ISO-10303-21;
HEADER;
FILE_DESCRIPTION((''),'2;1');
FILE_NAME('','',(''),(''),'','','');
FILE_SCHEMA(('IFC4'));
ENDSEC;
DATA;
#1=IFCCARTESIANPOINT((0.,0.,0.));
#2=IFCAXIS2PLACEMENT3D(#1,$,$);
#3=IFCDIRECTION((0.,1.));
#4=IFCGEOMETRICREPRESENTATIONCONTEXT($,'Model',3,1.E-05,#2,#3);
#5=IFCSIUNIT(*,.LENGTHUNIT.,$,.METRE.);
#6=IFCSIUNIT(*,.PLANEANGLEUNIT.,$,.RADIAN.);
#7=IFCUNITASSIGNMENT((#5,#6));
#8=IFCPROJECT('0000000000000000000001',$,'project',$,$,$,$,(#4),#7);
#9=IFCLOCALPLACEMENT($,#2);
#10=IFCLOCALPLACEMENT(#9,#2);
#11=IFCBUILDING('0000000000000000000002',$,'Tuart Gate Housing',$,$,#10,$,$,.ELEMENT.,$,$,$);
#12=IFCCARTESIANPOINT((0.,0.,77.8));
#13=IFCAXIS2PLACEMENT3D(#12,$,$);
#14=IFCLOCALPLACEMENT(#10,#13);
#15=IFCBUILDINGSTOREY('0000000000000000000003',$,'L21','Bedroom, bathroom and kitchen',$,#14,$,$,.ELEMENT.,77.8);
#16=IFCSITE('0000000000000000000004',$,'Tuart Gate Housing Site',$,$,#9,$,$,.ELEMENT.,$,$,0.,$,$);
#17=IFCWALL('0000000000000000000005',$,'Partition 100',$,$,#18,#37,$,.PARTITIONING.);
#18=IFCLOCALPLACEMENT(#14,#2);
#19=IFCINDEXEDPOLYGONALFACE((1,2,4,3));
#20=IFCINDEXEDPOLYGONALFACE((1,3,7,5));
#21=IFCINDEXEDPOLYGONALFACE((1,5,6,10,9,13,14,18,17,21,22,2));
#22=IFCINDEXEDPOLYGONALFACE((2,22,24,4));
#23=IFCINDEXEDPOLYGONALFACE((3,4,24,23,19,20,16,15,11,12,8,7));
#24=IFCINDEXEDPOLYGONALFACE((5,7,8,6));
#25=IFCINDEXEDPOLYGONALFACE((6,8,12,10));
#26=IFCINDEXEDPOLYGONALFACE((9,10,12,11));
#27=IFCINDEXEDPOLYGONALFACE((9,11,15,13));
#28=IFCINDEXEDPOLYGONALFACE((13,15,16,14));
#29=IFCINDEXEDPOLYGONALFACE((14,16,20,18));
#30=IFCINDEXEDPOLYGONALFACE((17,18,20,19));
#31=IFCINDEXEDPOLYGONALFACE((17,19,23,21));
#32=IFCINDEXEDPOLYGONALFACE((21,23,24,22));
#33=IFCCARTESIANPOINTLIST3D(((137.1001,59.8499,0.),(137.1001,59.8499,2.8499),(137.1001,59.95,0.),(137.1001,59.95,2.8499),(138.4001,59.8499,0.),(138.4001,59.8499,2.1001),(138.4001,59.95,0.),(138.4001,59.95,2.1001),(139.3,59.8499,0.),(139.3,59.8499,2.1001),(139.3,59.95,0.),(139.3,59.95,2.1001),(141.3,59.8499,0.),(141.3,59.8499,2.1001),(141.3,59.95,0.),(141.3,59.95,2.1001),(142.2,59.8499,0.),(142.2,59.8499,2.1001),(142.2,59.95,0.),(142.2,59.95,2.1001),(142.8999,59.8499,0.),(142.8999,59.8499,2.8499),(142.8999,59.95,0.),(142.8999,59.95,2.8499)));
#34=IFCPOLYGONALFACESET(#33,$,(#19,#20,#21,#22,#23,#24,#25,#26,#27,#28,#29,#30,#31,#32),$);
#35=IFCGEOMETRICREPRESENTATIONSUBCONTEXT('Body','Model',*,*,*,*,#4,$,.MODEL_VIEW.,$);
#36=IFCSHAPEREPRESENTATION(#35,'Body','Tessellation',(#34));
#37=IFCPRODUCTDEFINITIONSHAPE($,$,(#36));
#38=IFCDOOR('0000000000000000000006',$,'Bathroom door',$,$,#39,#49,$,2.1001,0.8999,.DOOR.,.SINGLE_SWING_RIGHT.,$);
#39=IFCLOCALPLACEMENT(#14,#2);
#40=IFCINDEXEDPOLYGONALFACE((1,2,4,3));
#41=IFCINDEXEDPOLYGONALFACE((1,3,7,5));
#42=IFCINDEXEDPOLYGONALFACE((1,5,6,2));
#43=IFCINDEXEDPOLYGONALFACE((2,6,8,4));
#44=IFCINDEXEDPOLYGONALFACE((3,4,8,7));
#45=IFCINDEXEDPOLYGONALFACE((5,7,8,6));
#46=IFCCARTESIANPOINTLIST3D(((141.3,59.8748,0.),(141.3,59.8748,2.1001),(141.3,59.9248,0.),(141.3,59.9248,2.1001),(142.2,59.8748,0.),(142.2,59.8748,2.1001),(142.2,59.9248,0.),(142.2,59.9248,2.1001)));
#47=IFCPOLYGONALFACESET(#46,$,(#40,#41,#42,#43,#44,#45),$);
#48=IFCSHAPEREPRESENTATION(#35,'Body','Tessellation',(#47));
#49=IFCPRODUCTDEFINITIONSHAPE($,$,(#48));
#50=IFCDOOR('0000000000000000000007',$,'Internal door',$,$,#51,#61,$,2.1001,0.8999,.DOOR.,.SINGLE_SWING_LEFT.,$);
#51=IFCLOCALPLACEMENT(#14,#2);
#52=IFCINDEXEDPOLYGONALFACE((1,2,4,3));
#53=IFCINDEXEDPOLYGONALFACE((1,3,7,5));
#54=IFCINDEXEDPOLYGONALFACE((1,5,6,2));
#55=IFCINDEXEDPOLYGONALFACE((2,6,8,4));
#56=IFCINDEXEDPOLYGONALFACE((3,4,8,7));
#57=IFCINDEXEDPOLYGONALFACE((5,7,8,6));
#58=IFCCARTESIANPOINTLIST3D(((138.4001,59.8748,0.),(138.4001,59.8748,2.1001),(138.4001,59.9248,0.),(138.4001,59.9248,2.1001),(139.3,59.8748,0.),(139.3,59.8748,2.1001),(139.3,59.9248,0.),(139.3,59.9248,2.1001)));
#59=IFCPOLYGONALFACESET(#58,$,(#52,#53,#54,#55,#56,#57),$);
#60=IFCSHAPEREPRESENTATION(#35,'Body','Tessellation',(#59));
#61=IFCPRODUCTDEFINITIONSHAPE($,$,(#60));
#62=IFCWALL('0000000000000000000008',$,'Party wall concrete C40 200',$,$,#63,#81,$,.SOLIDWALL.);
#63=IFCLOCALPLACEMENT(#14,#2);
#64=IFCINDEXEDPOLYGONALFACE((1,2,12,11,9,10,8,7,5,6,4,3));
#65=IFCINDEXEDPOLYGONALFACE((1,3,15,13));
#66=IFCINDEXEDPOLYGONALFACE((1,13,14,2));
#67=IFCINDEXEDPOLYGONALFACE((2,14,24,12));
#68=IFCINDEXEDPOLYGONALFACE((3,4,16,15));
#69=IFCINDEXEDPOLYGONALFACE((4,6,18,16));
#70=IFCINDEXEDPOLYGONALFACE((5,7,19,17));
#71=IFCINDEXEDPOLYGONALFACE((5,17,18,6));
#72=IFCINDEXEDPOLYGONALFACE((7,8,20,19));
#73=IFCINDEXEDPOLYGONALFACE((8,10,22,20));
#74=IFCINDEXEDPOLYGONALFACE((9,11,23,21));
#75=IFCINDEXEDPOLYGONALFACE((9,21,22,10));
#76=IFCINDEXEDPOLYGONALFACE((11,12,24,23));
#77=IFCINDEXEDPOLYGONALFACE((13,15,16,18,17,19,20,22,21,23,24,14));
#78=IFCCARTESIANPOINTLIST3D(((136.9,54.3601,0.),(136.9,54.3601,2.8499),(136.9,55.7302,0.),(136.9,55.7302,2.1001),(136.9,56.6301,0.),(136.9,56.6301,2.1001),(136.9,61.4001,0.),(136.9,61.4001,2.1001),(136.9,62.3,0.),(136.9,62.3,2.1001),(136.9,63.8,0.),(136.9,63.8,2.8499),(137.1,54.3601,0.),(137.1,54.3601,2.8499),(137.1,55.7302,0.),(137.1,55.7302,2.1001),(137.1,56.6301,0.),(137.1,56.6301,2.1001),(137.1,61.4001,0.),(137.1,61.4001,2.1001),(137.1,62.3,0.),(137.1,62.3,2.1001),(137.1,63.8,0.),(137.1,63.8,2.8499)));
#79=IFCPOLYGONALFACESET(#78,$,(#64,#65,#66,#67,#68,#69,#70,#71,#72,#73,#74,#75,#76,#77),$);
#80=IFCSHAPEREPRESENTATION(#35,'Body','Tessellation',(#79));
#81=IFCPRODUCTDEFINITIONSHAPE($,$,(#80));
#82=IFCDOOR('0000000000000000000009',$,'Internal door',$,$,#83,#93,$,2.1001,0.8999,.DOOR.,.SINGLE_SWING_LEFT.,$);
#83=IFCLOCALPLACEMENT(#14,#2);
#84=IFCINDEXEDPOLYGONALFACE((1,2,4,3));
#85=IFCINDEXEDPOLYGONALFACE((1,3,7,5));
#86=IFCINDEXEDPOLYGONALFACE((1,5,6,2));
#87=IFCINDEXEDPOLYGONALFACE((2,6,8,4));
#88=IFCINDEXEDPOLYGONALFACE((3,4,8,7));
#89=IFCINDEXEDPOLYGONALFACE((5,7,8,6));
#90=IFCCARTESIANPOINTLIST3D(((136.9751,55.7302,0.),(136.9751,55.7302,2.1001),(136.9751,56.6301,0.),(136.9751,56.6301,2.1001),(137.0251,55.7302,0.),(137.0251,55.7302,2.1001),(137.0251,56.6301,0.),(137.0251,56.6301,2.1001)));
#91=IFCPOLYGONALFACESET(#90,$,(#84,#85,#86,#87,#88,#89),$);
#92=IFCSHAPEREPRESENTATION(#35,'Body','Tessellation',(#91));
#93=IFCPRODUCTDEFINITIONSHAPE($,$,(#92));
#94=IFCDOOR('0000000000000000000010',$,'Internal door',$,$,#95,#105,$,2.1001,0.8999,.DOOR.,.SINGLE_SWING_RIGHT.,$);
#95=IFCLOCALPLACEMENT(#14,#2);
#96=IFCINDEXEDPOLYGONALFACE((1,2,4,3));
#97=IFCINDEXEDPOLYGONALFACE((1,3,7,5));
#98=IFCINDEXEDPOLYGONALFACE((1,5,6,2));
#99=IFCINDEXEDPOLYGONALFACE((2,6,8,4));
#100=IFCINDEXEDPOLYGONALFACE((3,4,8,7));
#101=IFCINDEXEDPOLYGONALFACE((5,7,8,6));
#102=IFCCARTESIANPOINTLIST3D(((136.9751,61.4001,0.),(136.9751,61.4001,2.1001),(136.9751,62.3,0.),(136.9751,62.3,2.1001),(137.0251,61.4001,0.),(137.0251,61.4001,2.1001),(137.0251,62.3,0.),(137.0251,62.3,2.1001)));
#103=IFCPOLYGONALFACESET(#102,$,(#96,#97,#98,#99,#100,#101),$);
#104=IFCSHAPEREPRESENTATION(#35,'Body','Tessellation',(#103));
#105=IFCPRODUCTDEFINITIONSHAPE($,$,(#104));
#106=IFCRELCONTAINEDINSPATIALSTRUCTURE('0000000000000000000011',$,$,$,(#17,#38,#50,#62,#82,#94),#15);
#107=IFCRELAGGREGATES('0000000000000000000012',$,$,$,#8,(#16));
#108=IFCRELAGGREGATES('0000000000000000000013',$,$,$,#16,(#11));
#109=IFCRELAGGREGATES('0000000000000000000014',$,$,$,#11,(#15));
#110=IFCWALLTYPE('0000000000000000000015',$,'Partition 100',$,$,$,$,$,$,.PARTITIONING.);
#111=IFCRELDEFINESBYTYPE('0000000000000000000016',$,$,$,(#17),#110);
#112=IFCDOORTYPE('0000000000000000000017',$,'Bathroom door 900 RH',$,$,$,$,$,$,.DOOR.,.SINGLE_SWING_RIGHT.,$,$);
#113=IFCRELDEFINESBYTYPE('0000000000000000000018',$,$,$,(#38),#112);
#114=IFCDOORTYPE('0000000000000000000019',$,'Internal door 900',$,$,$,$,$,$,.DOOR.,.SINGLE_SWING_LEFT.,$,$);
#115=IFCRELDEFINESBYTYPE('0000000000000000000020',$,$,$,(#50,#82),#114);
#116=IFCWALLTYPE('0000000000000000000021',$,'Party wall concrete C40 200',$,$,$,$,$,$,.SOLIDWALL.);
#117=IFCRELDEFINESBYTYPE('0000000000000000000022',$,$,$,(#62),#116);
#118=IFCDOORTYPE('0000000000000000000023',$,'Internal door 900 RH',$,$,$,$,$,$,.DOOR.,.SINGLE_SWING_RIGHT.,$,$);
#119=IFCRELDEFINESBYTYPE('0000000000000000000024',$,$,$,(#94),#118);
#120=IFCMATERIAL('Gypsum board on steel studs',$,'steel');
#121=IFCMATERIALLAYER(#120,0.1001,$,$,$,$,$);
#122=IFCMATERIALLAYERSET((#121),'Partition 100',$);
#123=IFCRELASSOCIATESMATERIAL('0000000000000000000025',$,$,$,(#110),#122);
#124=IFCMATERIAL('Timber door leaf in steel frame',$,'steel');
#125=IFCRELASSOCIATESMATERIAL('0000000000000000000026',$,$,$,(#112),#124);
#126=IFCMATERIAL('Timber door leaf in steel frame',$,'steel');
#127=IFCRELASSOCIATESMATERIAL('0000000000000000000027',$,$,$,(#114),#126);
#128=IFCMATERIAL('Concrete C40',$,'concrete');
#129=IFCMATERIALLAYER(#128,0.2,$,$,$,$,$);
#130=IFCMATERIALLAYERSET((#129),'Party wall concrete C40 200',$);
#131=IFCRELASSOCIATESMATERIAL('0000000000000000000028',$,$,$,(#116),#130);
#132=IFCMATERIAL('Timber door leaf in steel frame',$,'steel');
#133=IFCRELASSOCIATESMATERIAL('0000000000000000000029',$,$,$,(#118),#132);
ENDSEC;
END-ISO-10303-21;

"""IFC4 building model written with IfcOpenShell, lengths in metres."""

from ifc_helpers import new_model, si_unit, direction, frame, frame_2d, origin, place, context, subcontext, project, spatial, rectangle, extrude, material, layer, layer_set, type_object, element, fill, save


model = new_model("IFC4")

# Units and contexts
model_context = context("Model", 3, precision=1e-05, world=origin(), true_north=direction((0.0, 1.0)))
body_context = subcontext(model_context, "Body", "Model", "MODEL_VIEW")
ifc_project = project(units=[si_unit("LENGTHUNIT", "METRE"), si_unit("PLANEANGLEUNIT", "RADIAN")], contexts=[model_context])

# Site, building, storey
site_placement = place(None, origin())
site = spatial("IfcSite", under=ifc_project, at=site_placement, Name="Tuart Gate Housing Site", CompositionType="ELEMENT", RefElevation=0.0)
building_placement = place(site_placement, origin())
building = spatial("IfcBuilding", under=site, at=building_placement, Name="Tuart Gate Housing", CompositionType="ELEMENT")
storey_placement = place(building_placement, frame((0.0, 0.0, 77.8)))
storey = spatial("IfcBuildingStorey", under=building, at=storey_placement, Name="L21", Description="Bedroom, bathroom and kitchen", CompositionType="ELEMENT", Elevation=77.8)

# Walls, openings, doors
ifc_material_1 = material(Name="Gypsum board on steel studs", Category="steel")
ifc_layer_1 = layer(ifc_material_1, 0.1001)
ifc_layer_set_1 = layer_set([ifc_layer_1], Name="Partition 100")
wall_type_1 = type_object("IfcWallType", Name="Partition 100", PredefinedType="PARTITIONING", material=ifc_layer_set_1)
wall_1_placement = place(storey_placement, frame((137.1001, 59.8999, 0.0), z_axis=(0.0, 0.0, 1.0), x_axis=(1.0, 0.0, 0.0)))
wall_1 = element("IfcWall", 1, at=wall_1_placement, inside=storey, type_object=wall_type_1, Name="Partition 100", PredefinedType="PARTITIONING", context=body_context, shape_type="SweptSolid", body=[
    extrude(rectangle(XDim=5.7998, YDim=0.1001, at=frame_2d((2.8999, 0.0))), origin(), (0.0, 0.0, 1.0), 2.8499),
])
opening_1_placement = place(wall_1_placement, frame((1.3, 0.0, 0.0)))
opening_1 = element("IfcOpeningElement", 2, at=opening_1_placement, cuts=wall_1, PredefinedType="OPENING", context=body_context, shape_type="SweptSolid", body=[
    extrude(rectangle(XDim=0.8999, YDim=2.1001, at=frame_2d((0.45, 1.05))), frame((0.0, 0.0601, 0.0), z_axis=(0.0, -1.0, 0.0), x_axis=(1.0, 0.0, 0.0)), (0.0, 0.0, 1.0), 0.1201),
])
opening_2_placement = place(wall_1_placement, frame((4.2, 0.0, 0.0)))
opening_2 = element("IfcOpeningElement", 3, at=opening_2_placement, cuts=wall_1, PredefinedType="OPENING", context=body_context, shape_type="SweptSolid", body=[
    extrude(rectangle(XDim=0.8999, YDim=2.1001, at=frame_2d((0.45, 1.05))), frame((0.0, 0.0601, 0.0), z_axis=(0.0, -1.0, 0.0), x_axis=(1.0, 0.0, 0.0)), (0.0, 0.0, 1.0), 0.1201),
])
ifc_material_2 = material(Name="Timber door leaf in steel frame", Category="steel")
door_type_1 = type_object("IfcDoorType", Name="Bathroom door 900 RH", OperationType="SINGLE_SWING_RIGHT", PredefinedType="DOOR", material=ifc_material_2)
door_1_placement = place(opening_2_placement, frame((0.8999, 0.0, 0.0), z_axis=(0.0, 0.0, 1.0), x_axis=(-1.0, 0.0, 0.0)))
door_1 = element("IfcDoor", 4, at=door_1_placement, inside=storey, type_object=door_type_1, Name="Bathroom door", OperationType="SINGLE_SWING_RIGHT", OverallHeight=2.1001, OverallWidth=0.8999, PredefinedType="DOOR", context=body_context, shape_type="SweptSolid", body=[
    extrude(rectangle(XDim=0.8999, YDim=2.1001, at=frame_2d((0.45, 1.05))), frame((0.0, 0.0251, 0.0), z_axis=(0.0, -1.0, 0.0), x_axis=(1.0, 0.0, 0.0)), (0.0, 0.0, 1.0), 0.05),
])
fill(opening_2, door_1)
ifc_material_3 = material(Name="Timber door leaf in steel frame", Category="steel")
door_type_2 = type_object("IfcDoorType", Name="Internal door 900", OperationType="SINGLE_SWING_LEFT", PredefinedType="DOOR", material=ifc_material_3)
door_2_placement = place(opening_1_placement, origin())
door_2 = element("IfcDoor", 5, at=door_2_placement, inside=storey, type_object=door_type_2, Name="Internal door", OperationType="SINGLE_SWING_LEFT", OverallHeight=2.1001, OverallWidth=0.8999, PredefinedType="DOOR", context=body_context, shape_type="SweptSolid", body=[
    extrude(rectangle(XDim=0.8999, YDim=2.1001, at=frame_2d((0.45, 1.05))), frame((0.0, 0.0249, 0.0), z_axis=(0.0, -1.0, 0.0), x_axis=(1.0, 0.0, 0.0)), (0.0, 0.0, 1.0), 0.05),
])
fill(opening_1, door_2)
ifc_material_4 = material(Name="Concrete C40", Category="concrete")
ifc_layer_2 = layer(ifc_material_4, 0.2)
ifc_layer_set_2 = layer_set([ifc_layer_2], Name="Party wall concrete C40 200")
wall_type_2 = type_object("IfcWallType", Name="Party wall concrete C40 200", PredefinedType="SOLIDWALL", material=ifc_layer_set_2)
wall_2_placement = place(storey_placement, frame((137.0, 54.3601, 0.0), z_axis=(0.0, 0.0, 1.0), x_axis=(0.0, 1.0, 0.0)))
wall_2 = element("IfcWall", 6, at=wall_2_placement, inside=storey, type_object=wall_type_2, Name="Party wall concrete C40 200", PredefinedType="SOLIDWALL", context=body_context, shape_type="SweptSolid", body=[
    extrude(rectangle(XDim=9.4399, YDim=0.2, at=frame_2d((4.72, 0.0))), origin(), (0.0, 0.0, 1.0), 2.8499),
])
opening_3_placement = place(wall_2_placement, frame((1.3701, 0.0, 0.0)))
opening_3 = element("IfcOpeningElement", 7, at=opening_3_placement, cuts=wall_2, PredefinedType="OPENING", context=body_context, shape_type="SweptSolid", body=[
    extrude(rectangle(XDim=0.8999, YDim=2.1001, at=frame_2d((0.45, 1.05))), frame((0.0, 0.1099, 0.0), z_axis=(0.0, -1.0, 0.0), x_axis=(1.0, 0.0, 0.0)), (0.0, 0.0, 1.0), 0.22),
])
opening_4_placement = place(wall_2_placement, frame((7.04, 0.0, 0.0)))
opening_4 = element("IfcOpeningElement", 8, at=opening_4_placement, cuts=wall_2, PredefinedType="OPENING", context=body_context, shape_type="SweptSolid", body=[
    extrude(rectangle(XDim=0.8999, YDim=2.1001, at=frame_2d((0.45, 1.05))), frame((0.0, 0.1099, 0.0), z_axis=(0.0, -1.0, 0.0), x_axis=(1.0, 0.0, 0.0)), (0.0, 0.0, 1.0), 0.22),
])
door_3_placement = place(opening_3_placement, origin())
door_3 = element("IfcDoor", 9, at=door_3_placement, inside=storey, type_object=door_type_2, Name="Internal door", OperationType="SINGLE_SWING_LEFT", OverallHeight=2.1001, OverallWidth=0.8999, PredefinedType="DOOR", context=body_context, shape_type="SweptSolid", body=[
    extrude(rectangle(XDim=0.8999, YDim=2.1001, at=frame_2d((0.45, 1.05))), frame((0.0, 0.0249, 0.0), z_axis=(0.0, -1.0, 0.0), x_axis=(1.0, 0.0, 0.0)), (0.0, 0.0, 1.0), 0.05),
])
fill(opening_3, door_3)
ifc_material_5 = material(Name="Timber door leaf in steel frame", Category="steel")
door_type_3 = type_object("IfcDoorType", Name="Internal door 900 RH", OperationType="SINGLE_SWING_RIGHT", PredefinedType="DOOR", material=ifc_material_5)
door_4_placement = place(opening_4_placement, origin())
door_4 = element("IfcDoor", 10, at=door_4_placement, inside=storey, type_object=door_type_3, Name="Internal door", OperationType="SINGLE_SWING_RIGHT", OverallHeight=2.1001, OverallWidth=0.8999, PredefinedType="DOOR", context=body_context, shape_type="SweptSolid", body=[
    extrude(rectangle(XDim=0.8999, YDim=2.1001, at=frame_2d((0.45, 1.05))), frame((0.0, 0.0249, 0.0), z_axis=(0.0, -1.0, 0.0), x_axis=(1.0, 0.0, 0.0)), (0.0, 0.0, 1.0), 0.05),
])
fill(opening_4, door_4)

save(model, "model.ifc")
